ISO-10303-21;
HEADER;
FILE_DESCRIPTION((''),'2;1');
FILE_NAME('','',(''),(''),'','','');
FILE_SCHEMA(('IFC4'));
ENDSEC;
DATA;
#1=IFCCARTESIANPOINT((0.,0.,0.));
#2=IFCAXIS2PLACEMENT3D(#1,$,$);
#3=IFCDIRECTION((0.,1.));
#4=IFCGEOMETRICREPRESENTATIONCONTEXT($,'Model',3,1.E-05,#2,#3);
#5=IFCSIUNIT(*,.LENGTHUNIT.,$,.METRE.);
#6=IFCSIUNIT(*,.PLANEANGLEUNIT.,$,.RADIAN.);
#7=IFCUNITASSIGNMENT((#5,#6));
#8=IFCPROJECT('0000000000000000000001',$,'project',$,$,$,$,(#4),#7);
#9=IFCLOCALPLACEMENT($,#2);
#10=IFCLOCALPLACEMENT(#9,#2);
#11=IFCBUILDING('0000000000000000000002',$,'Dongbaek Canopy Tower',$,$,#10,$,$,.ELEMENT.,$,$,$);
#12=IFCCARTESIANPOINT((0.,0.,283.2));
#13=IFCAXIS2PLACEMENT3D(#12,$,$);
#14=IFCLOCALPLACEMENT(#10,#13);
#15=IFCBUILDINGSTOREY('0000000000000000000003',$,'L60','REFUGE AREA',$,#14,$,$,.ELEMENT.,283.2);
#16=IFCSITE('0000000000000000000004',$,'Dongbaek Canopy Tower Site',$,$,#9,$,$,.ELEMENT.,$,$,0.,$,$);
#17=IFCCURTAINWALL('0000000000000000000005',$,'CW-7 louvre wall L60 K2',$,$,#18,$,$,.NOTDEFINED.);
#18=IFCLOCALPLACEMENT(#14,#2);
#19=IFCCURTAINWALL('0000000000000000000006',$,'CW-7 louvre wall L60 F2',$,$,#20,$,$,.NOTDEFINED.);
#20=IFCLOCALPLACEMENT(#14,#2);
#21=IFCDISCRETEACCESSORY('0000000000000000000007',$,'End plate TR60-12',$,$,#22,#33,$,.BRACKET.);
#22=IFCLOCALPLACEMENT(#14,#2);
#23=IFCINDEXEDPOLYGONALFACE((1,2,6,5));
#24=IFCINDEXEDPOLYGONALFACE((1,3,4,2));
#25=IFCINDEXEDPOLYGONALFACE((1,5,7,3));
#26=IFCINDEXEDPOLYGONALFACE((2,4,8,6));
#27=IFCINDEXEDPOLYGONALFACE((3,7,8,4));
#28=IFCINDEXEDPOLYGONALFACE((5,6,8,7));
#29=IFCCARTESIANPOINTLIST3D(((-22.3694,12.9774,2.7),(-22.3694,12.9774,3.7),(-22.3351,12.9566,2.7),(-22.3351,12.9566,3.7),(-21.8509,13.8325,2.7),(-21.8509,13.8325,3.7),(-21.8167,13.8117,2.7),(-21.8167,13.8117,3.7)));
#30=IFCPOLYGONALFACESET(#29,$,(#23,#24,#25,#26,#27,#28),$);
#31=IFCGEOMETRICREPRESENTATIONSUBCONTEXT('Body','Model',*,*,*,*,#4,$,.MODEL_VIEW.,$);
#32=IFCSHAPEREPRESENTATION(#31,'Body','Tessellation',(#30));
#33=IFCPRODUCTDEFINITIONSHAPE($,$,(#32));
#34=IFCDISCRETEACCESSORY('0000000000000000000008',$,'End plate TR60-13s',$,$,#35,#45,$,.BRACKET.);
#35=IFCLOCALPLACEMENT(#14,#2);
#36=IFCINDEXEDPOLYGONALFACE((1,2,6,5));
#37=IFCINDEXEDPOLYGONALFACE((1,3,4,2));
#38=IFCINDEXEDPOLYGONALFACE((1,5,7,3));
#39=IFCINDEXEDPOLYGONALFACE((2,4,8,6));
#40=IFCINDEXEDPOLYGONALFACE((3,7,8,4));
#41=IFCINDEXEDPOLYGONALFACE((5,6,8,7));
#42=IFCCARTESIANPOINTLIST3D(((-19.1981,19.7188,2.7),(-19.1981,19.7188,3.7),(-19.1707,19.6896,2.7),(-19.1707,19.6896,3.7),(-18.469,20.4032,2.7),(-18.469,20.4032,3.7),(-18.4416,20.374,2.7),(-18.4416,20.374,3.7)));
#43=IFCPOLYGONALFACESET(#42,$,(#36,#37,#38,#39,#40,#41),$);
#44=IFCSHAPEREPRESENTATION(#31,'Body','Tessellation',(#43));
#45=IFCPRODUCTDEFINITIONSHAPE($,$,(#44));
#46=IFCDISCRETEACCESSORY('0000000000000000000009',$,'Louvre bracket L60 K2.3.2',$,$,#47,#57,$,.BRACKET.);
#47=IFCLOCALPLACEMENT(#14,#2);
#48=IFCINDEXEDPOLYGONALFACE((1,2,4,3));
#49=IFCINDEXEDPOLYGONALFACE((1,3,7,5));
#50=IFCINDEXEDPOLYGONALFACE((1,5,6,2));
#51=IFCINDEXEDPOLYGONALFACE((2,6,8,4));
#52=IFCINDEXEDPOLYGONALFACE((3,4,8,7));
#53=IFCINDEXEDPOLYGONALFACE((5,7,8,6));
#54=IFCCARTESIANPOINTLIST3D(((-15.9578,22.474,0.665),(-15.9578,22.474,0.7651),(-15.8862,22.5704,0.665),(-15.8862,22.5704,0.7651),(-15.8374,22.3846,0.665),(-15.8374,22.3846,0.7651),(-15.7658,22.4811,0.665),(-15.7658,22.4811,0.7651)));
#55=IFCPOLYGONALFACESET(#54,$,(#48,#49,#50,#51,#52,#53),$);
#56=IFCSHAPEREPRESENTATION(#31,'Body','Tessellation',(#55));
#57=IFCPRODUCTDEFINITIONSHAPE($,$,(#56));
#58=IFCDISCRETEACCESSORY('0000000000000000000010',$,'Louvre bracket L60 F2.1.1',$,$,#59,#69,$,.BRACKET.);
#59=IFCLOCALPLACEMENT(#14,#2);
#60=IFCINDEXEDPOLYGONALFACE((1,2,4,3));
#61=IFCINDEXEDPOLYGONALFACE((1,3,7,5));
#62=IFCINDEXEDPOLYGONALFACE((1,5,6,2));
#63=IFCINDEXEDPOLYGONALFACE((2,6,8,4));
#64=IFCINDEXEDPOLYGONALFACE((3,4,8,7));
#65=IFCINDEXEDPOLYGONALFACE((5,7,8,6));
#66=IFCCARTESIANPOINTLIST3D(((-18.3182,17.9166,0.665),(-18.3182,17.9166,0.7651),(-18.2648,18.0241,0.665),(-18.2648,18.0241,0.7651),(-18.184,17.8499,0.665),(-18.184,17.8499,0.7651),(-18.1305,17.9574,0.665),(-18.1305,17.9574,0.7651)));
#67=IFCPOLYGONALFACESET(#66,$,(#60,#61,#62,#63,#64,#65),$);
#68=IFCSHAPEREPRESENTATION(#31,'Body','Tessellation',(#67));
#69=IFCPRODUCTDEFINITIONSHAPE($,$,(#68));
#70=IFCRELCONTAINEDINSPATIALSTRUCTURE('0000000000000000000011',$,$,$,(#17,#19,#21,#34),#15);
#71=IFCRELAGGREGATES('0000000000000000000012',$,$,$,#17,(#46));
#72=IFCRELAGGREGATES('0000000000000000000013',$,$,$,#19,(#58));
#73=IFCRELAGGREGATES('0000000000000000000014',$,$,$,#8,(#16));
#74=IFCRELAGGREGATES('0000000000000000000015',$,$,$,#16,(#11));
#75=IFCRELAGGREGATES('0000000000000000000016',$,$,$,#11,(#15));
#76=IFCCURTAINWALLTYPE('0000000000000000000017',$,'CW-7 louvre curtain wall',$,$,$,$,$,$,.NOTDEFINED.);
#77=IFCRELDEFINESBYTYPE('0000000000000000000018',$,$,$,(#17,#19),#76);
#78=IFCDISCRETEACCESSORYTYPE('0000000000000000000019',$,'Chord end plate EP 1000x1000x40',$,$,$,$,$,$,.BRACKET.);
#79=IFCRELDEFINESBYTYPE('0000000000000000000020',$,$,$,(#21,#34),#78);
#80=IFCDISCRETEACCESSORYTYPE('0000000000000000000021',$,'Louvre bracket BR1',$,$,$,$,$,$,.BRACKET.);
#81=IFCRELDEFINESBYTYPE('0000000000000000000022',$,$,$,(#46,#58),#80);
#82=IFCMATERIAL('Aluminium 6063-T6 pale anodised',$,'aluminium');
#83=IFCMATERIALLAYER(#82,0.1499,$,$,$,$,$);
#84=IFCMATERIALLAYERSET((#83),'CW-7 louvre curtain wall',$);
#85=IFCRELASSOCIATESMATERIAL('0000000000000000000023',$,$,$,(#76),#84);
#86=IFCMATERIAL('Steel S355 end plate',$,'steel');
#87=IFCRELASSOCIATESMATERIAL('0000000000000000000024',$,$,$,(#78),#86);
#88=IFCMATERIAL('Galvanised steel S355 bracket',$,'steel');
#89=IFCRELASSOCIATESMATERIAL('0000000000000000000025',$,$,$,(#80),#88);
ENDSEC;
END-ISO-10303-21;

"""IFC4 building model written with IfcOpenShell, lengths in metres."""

from ifc_helpers import new_model, si_unit, direction, frame, origin, origin_2d, place, context, subcontext, project, spatial, rectangle, extrude, material, layer, layer_set, type_object, element, aggregate, save


model = new_model("IFC4")

# Units and contexts
model_context = context("Model", 3, precision=1e-05, world=origin(), true_north=direction((0.0, 1.0)))
body_context = subcontext(model_context, "Body", "Model", "MODEL_VIEW")
ifc_project = project(units=[si_unit("LENGTHUNIT", "METRE"), si_unit("PLANEANGLEUNIT", "RADIAN")], contexts=[model_context])

# Site, building, storey
site_placement = place(None, origin())
site = spatial("IfcSite", under=ifc_project, at=site_placement, Name="Dongbaek Canopy Tower Site", CompositionType="ELEMENT", RefElevation=0.0)
building_placement = place(site_placement, origin())
building = spatial("IfcBuilding", under=site, at=building_placement, Name="Dongbaek Canopy Tower", CompositionType="ELEMENT")
storey_placement = place(building_placement, frame((0.0, 0.0, 283.2)))
storey = spatial("IfcBuildingStorey", under=building, at=storey_placement, Name="L60", Description="REFUGE AREA", CompositionType="ELEMENT", Elevation=283.2)

# Curtain wall
ifc_material_1 = material(Name="Aluminium 6063-T6 pale anodised", Category="aluminium")
ifc_layer_1 = layer(ifc_material_1, 0.1499)
ifc_layer_set_1 = layer_set([ifc_layer_1], Name="CW-7 louvre curtain wall")
curtain_wall_type = type_object("IfcCurtainWallType", Name="CW-7 louvre curtain wall", PredefinedType="NOTDEFINED", material=ifc_layer_set_1)
curtain_wall_1_placement = place(storey_placement, origin())
curtain_wall_1 = element("IfcCurtainWall", 1, at=curtain_wall_1_placement, inside=storey, type_object=curtain_wall_type, Name="CW-7 louvre wall L60 K2", PredefinedType="NOTDEFINED")

# Curtain wall
curtain_wall_2_placement = place(storey_placement, origin())
curtain_wall_2 = element("IfcCurtainWall", 2, at=curtain_wall_2_placement, inside=storey, type_object=curtain_wall_type, Name="CW-7 louvre wall L60 F2", PredefinedType="NOTDEFINED")

# Discrete accessories
ifc_material_2 = material(Name="Steel S355 end plate", Category="steel")
discrete_accessory_type_1 = type_object("IfcDiscreteAccessoryType", Name="Chord end plate EP 1000x1000x40", PredefinedType="BRACKET", material=ifc_material_2)
for number, where, z_axis, x_axis, name in (
    (3, (-22.093, 13.3945, 2.7), (0.0, 0.0, 1.0), (0.855114, -0.51844, 0.0), "End plate TR60-12"),
    (4, (-18.8198, 20.0464, 2.7), (0.0, 0.0, 1.0), (0.684448, -0.729062, 0.0), "End plate TR60-13s"),
):
    element("IfcDiscreteAccessory", number, at=place(storey_placement, frame(where, z_axis=z_axis, x_axis=x_axis)), inside=storey, type_object=discrete_accessory_type_1, Name=name, PredefinedType="BRACKET", context=body_context, shape_type="SweptSolid", body=[
        extrude(rectangle(XDim=0.04, YDim=1.0, at=origin_2d()), origin(), (0.0, 0.0, 1.0), 1.0),
    ])

# Discrete accessories
ifc_material_3 = material(Name="Galvanised steel S355 bracket", Category="steel")
discrete_accessory_type_2 = type_object("IfcDiscreteAccessoryType", Name="Louvre bracket BR1", PredefinedType="BRACKET", material=ifc_material_3)
discrete_accessory_1_placement = place(storey_placement, frame((-15.8618, 22.4775, 0.665), z_axis=(0.0, 0.0, 1.0), x_axis=(-0.596129, -0.802889, 0.0)))
discrete_accessory_1 = element("IfcDiscreteAccessory", 5, at=discrete_accessory_1_placement, type_object=discrete_accessory_type_2, Name="Louvre bracket L60 K2.3.2", PredefinedType="BRACKET", context=body_context, shape_type="SweptSolid", body=[
    extrude(rectangle(XDim=0.1201, YDim=0.1499, at=origin_2d()), origin(), (0.0, 0.0, 1.0), 0.1001),
])
aggregate(curtain_wall_1, [discrete_accessory_1])
discrete_accessory_2_placement = place(storey_placement, frame((-18.2244, 17.937, 0.665), z_axis=(0.0, 0.0, 1.0), x_axis=(-0.444962, -0.895549, 0.0)))
discrete_accessory_2 = element("IfcDiscreteAccessory", 6, at=discrete_accessory_2_placement, type_object=discrete_accessory_type_2, Name="Louvre bracket L60 F2.1.1", PredefinedType="BRACKET", context=body_context, shape_type="SweptSolid", body=[
    extrude(rectangle(XDim=0.1201, YDim=0.1499, at=origin_2d()), origin(), (0.0, 0.0, 1.0), 0.1001),
])
aggregate(curtain_wall_2, [discrete_accessory_2])

save(model, "model.ifc")
